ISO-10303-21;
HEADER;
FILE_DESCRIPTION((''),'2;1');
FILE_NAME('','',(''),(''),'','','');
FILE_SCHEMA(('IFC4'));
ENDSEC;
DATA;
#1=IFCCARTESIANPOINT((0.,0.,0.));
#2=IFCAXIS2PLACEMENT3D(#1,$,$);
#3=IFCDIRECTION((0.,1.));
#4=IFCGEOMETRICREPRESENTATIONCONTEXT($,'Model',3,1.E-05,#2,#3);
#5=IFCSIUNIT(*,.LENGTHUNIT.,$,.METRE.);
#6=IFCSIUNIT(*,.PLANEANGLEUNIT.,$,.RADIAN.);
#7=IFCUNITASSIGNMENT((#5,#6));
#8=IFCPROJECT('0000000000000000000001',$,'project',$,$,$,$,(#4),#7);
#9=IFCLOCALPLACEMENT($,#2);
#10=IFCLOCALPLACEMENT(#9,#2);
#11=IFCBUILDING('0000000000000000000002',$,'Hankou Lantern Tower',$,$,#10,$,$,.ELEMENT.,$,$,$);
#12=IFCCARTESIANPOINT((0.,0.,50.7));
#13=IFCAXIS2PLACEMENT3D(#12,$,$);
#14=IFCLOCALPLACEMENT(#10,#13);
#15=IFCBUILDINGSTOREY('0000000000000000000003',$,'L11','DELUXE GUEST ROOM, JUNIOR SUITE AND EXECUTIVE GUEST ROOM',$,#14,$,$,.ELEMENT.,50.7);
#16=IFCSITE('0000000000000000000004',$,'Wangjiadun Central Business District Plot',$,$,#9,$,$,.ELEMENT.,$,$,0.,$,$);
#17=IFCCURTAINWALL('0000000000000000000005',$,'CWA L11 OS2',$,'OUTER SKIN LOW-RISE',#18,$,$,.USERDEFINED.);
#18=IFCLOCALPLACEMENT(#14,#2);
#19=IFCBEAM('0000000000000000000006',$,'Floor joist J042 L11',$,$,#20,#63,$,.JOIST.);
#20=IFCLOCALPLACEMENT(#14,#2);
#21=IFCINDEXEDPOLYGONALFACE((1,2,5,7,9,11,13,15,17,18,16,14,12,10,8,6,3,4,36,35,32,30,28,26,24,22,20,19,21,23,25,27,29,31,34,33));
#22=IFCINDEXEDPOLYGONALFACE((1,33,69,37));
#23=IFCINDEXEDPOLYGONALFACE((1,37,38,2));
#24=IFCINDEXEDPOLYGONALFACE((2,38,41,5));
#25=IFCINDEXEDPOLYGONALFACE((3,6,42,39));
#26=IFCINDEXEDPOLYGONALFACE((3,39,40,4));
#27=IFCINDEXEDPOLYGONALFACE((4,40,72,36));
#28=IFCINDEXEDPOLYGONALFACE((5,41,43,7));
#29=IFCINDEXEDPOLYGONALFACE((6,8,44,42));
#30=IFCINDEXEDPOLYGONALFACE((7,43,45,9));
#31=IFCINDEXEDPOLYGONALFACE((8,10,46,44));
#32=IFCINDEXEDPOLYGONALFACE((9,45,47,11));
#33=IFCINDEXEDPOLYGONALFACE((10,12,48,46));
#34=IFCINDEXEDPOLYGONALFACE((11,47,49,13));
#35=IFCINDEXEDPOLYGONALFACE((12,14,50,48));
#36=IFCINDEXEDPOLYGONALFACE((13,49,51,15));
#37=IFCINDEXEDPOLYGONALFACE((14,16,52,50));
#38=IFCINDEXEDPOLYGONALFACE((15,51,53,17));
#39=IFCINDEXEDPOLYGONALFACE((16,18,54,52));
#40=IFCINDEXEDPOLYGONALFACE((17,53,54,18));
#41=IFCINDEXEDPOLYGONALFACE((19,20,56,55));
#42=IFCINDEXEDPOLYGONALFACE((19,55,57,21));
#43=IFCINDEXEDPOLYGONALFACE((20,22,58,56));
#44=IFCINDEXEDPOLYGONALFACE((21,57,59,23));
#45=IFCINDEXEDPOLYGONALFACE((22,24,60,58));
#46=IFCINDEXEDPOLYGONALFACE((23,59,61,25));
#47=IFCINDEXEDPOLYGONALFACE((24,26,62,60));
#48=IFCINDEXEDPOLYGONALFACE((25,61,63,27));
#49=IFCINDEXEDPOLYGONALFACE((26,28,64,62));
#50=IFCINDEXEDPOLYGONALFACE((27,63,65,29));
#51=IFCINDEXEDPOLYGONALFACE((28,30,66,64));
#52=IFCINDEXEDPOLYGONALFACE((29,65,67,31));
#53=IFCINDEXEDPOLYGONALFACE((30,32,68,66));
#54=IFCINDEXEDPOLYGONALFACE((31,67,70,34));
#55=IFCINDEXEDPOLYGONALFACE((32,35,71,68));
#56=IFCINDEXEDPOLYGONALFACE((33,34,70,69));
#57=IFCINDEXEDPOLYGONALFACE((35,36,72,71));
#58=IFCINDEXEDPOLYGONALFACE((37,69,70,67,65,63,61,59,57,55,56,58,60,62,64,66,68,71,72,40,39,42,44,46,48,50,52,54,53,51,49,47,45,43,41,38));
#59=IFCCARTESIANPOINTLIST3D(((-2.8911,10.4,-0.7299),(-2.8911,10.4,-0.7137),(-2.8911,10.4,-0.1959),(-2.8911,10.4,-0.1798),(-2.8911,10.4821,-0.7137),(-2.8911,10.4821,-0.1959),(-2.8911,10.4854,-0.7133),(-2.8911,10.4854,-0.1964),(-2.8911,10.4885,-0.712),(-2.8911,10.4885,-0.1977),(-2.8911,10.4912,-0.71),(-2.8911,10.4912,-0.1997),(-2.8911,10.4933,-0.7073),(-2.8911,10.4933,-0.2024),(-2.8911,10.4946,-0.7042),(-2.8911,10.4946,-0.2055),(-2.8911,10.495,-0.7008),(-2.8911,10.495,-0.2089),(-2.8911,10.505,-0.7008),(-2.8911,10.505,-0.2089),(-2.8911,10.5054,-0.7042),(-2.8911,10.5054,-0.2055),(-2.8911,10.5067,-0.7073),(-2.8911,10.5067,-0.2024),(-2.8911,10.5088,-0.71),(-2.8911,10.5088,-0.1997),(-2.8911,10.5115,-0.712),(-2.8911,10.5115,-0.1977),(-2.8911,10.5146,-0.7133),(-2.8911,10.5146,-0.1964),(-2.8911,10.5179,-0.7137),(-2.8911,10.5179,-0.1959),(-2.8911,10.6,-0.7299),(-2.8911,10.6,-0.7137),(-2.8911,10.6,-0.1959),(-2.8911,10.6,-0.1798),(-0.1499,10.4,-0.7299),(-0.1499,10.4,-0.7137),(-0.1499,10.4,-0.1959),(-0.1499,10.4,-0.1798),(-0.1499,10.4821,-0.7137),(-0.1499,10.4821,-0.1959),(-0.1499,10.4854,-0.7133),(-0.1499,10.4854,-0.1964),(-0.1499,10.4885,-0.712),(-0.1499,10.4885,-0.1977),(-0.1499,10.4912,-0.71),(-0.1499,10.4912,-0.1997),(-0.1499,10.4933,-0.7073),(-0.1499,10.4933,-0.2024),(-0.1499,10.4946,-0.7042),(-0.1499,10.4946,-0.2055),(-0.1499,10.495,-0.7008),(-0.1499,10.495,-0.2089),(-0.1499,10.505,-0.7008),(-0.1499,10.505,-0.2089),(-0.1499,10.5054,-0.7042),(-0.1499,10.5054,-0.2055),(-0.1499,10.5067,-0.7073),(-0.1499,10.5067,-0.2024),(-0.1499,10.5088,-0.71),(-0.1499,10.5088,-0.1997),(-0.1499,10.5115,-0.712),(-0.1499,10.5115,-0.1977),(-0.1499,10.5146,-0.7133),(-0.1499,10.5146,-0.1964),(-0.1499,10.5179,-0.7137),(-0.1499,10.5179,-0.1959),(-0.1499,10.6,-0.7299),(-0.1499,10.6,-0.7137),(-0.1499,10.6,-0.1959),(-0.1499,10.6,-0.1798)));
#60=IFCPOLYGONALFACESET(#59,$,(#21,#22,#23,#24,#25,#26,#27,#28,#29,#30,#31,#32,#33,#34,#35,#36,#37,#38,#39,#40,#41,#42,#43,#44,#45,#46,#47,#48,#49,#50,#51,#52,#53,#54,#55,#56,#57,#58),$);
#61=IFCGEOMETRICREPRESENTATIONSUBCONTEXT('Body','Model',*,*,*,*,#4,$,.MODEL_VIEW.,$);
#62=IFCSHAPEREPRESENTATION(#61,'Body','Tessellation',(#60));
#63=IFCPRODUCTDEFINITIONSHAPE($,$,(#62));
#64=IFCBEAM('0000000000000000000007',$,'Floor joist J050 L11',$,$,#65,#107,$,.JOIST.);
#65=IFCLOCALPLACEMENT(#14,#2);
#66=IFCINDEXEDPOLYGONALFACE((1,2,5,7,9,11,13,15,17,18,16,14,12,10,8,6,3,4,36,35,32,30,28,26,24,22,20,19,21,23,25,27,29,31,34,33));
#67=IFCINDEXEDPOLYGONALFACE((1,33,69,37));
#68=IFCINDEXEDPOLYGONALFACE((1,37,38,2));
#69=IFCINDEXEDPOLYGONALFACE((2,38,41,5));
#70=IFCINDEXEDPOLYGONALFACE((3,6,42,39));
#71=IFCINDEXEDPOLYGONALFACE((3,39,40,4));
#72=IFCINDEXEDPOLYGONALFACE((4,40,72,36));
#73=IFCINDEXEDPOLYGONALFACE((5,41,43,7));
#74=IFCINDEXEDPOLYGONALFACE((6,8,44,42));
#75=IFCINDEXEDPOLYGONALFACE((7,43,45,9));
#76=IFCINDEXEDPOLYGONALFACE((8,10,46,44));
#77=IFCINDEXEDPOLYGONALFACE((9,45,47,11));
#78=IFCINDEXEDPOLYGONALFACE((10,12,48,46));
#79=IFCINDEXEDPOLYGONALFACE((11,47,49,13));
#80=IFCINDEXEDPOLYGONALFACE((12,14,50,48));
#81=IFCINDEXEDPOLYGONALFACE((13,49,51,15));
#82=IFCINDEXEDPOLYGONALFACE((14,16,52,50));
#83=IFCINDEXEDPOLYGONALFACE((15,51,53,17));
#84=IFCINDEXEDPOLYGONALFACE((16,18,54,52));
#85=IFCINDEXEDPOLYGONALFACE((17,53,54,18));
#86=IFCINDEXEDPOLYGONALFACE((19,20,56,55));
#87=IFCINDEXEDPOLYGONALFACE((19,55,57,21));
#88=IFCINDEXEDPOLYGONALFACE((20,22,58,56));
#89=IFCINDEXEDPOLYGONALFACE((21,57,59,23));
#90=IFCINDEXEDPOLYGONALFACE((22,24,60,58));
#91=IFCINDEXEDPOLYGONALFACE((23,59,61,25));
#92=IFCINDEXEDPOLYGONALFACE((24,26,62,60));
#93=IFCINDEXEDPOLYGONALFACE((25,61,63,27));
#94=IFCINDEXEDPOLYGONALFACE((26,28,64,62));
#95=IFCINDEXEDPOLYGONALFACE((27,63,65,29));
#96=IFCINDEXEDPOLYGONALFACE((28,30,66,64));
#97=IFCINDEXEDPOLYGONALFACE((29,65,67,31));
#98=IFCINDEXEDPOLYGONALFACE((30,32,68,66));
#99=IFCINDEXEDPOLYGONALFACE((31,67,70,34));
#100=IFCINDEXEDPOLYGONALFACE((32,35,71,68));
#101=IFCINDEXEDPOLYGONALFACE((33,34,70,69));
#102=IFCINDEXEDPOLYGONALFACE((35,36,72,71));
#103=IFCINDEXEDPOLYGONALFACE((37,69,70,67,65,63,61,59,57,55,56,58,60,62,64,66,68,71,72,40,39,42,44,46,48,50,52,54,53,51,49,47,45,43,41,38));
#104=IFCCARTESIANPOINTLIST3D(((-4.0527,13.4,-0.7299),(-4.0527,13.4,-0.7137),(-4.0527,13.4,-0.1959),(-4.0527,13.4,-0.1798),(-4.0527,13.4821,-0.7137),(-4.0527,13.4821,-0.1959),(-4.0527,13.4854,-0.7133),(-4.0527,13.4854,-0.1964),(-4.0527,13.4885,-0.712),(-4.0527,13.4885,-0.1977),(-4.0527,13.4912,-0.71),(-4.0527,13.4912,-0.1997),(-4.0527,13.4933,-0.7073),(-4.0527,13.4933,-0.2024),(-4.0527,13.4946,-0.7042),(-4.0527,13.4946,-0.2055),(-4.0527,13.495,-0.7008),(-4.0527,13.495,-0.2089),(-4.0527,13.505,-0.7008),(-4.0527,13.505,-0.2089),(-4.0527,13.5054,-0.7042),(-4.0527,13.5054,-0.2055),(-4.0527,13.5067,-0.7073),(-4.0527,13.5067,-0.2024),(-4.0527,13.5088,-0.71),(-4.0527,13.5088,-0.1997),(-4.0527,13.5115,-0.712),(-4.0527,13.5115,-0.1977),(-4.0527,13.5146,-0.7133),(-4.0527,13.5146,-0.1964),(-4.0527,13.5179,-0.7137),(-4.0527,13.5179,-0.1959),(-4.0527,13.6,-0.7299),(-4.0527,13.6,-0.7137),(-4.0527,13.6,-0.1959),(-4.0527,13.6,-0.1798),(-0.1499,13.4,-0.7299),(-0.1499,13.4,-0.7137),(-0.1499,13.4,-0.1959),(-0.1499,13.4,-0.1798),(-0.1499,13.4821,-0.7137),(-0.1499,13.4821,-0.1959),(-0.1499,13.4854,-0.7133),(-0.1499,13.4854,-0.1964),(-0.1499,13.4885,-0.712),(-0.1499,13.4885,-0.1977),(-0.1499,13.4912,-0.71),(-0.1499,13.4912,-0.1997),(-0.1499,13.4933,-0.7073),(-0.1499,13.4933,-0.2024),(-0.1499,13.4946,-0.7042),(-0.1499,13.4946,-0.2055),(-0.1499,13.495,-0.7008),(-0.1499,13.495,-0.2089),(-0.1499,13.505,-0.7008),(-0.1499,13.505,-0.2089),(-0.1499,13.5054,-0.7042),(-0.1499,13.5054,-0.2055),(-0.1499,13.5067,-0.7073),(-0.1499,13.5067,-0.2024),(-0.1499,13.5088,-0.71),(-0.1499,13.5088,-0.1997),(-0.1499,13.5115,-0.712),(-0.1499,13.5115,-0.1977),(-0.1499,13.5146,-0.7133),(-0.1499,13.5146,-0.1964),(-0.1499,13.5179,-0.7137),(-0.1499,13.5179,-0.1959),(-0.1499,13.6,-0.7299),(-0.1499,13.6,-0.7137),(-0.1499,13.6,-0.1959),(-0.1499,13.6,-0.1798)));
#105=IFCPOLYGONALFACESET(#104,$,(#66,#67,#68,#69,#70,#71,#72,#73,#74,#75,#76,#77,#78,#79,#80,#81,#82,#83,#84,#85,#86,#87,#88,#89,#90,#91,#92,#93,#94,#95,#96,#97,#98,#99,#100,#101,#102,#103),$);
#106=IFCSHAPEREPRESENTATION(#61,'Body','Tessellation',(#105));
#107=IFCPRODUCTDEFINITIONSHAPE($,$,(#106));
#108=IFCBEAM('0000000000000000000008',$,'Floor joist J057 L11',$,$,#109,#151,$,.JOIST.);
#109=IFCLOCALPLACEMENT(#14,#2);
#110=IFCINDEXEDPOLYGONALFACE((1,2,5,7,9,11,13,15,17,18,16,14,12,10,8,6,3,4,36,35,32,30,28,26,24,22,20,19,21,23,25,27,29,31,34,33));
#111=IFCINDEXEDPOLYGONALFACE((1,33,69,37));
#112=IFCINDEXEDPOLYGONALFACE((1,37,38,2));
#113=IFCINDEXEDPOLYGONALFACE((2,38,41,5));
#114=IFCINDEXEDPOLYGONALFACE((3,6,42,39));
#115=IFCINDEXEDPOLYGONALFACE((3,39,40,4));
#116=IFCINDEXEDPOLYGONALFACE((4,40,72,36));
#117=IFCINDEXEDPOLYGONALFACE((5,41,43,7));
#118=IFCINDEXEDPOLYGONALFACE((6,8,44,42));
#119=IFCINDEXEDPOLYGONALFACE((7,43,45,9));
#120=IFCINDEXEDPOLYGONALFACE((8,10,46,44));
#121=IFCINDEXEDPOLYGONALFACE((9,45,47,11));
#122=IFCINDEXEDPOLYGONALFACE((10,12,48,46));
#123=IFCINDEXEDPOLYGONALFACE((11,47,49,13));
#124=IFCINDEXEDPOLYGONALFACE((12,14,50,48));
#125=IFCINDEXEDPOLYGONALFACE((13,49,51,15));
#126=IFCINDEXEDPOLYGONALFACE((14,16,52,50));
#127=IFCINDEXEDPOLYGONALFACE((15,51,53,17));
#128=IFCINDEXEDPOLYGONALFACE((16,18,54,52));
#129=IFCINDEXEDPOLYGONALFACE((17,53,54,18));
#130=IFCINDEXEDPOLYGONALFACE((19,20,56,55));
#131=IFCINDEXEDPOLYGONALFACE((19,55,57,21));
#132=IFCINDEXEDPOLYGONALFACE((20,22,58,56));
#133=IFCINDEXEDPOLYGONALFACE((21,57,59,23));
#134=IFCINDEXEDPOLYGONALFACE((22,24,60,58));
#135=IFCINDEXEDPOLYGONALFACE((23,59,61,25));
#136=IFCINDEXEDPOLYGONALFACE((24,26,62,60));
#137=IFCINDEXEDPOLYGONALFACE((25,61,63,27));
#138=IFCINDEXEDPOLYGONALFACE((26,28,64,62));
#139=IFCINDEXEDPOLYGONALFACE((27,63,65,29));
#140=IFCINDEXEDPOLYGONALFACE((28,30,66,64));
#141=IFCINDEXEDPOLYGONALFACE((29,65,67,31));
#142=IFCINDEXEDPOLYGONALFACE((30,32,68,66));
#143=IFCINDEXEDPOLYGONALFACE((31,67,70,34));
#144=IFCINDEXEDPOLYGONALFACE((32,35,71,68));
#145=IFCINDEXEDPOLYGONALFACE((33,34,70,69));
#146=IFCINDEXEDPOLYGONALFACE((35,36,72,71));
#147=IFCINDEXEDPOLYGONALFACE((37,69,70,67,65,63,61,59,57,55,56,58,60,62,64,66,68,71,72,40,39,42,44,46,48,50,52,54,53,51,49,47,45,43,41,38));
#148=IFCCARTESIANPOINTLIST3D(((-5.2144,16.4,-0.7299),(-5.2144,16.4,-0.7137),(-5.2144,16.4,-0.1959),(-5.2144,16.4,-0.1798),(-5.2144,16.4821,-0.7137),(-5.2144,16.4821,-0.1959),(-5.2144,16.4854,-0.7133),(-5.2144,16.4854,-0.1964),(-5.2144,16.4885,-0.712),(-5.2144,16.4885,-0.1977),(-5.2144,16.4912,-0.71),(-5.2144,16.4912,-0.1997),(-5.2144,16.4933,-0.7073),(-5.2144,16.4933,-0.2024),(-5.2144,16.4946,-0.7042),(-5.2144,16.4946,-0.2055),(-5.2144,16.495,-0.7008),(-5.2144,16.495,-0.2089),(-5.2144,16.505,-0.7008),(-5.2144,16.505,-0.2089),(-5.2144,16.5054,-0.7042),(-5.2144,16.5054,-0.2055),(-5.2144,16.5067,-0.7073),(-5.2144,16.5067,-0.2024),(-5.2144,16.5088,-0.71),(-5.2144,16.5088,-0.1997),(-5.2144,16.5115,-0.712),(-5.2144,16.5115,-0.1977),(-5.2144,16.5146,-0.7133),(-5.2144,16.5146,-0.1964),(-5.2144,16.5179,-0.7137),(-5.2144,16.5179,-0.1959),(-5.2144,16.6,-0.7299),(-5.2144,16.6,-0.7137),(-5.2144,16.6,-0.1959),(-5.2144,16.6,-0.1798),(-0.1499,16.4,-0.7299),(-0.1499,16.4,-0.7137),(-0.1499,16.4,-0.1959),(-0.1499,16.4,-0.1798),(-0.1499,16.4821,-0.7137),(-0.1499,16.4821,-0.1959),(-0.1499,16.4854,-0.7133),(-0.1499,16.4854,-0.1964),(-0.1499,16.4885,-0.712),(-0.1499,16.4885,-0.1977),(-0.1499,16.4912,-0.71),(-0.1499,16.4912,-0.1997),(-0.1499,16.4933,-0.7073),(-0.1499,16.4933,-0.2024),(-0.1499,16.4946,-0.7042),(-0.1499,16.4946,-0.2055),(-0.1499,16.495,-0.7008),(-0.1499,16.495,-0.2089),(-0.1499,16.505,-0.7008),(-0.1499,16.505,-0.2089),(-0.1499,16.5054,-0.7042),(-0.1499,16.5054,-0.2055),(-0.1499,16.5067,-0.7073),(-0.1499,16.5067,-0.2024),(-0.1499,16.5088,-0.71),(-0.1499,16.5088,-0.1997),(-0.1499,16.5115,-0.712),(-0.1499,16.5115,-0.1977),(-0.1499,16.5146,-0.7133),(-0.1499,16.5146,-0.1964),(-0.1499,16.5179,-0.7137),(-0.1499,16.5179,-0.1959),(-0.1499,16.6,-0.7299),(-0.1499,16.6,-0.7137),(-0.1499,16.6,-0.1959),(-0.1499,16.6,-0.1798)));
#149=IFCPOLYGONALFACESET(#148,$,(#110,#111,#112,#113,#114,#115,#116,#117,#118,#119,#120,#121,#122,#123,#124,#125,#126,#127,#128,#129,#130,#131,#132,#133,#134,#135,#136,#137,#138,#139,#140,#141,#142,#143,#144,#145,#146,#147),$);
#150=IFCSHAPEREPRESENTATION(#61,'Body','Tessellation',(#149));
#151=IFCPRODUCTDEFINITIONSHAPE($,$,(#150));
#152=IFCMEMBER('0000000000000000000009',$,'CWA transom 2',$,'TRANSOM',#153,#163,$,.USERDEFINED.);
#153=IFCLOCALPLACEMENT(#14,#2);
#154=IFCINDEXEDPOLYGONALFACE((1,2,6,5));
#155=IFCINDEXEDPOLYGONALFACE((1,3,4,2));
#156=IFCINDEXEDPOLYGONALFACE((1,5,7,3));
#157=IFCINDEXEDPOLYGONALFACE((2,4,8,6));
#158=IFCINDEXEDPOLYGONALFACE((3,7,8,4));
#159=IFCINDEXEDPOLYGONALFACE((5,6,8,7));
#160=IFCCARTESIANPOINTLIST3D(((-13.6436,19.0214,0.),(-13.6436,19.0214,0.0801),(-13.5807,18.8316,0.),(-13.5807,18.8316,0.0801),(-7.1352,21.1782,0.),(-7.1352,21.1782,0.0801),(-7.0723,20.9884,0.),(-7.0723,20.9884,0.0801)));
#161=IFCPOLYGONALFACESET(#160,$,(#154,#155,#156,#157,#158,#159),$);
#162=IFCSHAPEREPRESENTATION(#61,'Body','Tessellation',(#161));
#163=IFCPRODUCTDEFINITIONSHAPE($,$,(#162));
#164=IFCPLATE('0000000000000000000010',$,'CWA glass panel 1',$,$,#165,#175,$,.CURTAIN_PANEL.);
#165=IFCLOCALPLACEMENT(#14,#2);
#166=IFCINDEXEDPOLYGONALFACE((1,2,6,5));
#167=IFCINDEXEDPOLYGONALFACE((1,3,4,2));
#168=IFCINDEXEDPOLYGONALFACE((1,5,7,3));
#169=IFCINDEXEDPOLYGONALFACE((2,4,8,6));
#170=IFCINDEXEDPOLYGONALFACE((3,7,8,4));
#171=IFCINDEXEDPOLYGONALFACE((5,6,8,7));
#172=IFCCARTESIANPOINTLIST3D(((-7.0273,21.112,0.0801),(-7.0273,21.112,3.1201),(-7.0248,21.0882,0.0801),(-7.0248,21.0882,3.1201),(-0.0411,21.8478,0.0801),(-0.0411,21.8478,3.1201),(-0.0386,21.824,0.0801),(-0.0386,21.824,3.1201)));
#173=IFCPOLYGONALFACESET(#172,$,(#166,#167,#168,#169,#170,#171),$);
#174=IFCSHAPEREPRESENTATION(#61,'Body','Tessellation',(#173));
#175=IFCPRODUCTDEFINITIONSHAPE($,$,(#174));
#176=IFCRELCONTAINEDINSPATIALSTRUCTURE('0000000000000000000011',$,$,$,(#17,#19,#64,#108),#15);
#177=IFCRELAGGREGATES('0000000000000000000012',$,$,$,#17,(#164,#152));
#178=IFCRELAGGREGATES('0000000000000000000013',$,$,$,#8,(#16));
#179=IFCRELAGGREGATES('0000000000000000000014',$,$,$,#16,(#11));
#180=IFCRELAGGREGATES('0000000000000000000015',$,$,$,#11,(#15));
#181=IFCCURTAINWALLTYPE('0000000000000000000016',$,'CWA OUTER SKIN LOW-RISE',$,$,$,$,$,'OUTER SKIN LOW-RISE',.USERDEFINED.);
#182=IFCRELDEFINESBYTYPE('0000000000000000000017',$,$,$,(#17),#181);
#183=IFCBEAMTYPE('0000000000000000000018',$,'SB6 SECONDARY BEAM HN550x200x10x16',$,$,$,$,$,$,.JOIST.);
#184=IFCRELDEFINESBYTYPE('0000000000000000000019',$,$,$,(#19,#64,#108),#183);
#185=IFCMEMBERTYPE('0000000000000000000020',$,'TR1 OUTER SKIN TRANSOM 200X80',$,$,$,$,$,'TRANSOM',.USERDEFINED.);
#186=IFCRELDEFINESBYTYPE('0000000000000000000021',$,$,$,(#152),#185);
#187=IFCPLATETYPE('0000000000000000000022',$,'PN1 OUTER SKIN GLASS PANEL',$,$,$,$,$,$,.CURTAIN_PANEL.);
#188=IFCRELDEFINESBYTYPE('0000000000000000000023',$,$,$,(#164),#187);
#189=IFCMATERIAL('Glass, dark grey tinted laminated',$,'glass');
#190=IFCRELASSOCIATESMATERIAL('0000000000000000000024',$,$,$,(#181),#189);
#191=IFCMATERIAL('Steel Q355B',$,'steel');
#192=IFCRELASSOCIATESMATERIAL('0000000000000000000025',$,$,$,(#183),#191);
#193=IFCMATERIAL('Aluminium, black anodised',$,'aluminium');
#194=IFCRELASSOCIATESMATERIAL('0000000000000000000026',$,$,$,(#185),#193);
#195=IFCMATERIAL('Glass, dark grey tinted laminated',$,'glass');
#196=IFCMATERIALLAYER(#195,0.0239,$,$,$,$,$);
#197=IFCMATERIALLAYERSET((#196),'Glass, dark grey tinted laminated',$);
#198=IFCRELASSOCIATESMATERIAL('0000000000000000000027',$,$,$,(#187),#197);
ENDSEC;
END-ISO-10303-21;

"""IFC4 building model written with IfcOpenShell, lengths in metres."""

from ifc_helpers import new_model, si_unit, direction, frame, origin, origin_2d, place, context, subcontext, project, spatial, rectangle, i_section, extrude, material, layer, layer_set, material_profile, profile_set, type_object, element, aggregate, save


model = new_model("IFC4")

# Units and contexts
model_context = context("Model", 3, precision=1e-05, world=origin(), true_north=direction((0.0, 1.0)))
body_context = subcontext(model_context, "Body", "Model", "MODEL_VIEW")
ifc_project = project(units=[si_unit("LENGTHUNIT", "METRE"), si_unit("PLANEANGLEUNIT", "RADIAN")], contexts=[model_context])

# Site, building, storey
site_placement = place(None, origin())
site = spatial("IfcSite", under=ifc_project, at=site_placement, Name="Wangjiadun Central Business District Plot", CompositionType="ELEMENT", RefElevation=0.0)
building_placement = place(site_placement, origin())
building = spatial("IfcBuilding", under=site, at=building_placement, Name="Hankou Lantern Tower", CompositionType="ELEMENT")
storey_placement = place(building_placement, frame((0.0, 0.0, 50.7)))
storey = spatial("IfcBuildingStorey", under=building, at=storey_placement, Name="L11", Description="DELUXE GUEST ROOM, JUNIOR SUITE AND EXECUTIVE GUEST ROOM", CompositionType="ELEMENT", Elevation=50.7)

# Curtain wall
ifc_material_1 = material(Name="Glass, dark grey tinted laminated", Category="glass")
curtain_wall_type = type_object("IfcCurtainWallType", Name="CWA OUTER SKIN LOW-RISE", ElementType="OUTER SKIN LOW-RISE", PredefinedType="USERDEFINED", material=ifc_material_1)
curtain_wall_placement = place(storey_placement, origin())
curtain_wall = element("IfcCurtainWall", 1, at=curtain_wall_placement, inside=storey, type_object=curtain_wall_type, Name="CWA L11 OS2", ObjectType="OUTER SKIN LOW-RISE", PredefinedType="USERDEFINED")

# Beams
ifc_material_2 = material(Name="Steel Q355B", Category="steel")
ifc_material_profile_1 = material_profile(ifc_material_2, i_section(OverallWidth=0.2, OverallDepth=0.55, WebThickness=0.01, FlangeThickness=0.0161, FilletRadius=0.0129, at=origin_2d()), Name="HN550x200x10x16")
ifc_profile_set_1 = profile_set([ifc_material_profile_1], Name="Steel Q355B")
beam_type_1 = type_object("IfcBeamType", Name="SB6 SECONDARY BEAM HN550x200x10x16", PredefinedType="JOIST", material=ifc_profile_set_1)
beam_1_placement = place(storey_placement, frame((-2.8911, 10.5, -0.4548), z_axis=(1.0, 0.0, 0.0), x_axis=(0.0, 1.0, 0.0)))
element("IfcBeam", 2, at=beam_1_placement, inside=storey, type_object=beam_type_1, Name="Floor joist J042 L11", PredefinedType="JOIST", context=body_context, shape_type="SweptSolid", body=[
    extrude(i_section(OverallWidth=0.2, OverallDepth=0.55, WebThickness=0.01, FlangeThickness=0.0161, FilletRadius=0.0129, at=origin_2d()), origin(), (0.0, 0.0, 1.0), 2.7412),
])
beam_2_placement = place(storey_placement, frame((-4.0527, 13.5, -0.4548), z_axis=(1.0, 0.0, 0.0), x_axis=(0.0, 1.0, 0.0)))
element("IfcBeam", 3, at=beam_2_placement, inside=storey, type_object=beam_type_1, Name="Floor joist J050 L11", PredefinedType="JOIST", context=body_context, shape_type="SweptSolid", body=[
    extrude(i_section(OverallWidth=0.2, OverallDepth=0.55, WebThickness=0.01, FlangeThickness=0.0161, FilletRadius=0.0129, at=origin_2d()), origin(), (0.0, 0.0, 1.0), 3.9028),
])
beam_3_placement = place(storey_placement, frame((-5.2144, 16.5, -0.4548), z_axis=(1.0, 0.0, 0.0), x_axis=(0.0, 1.0, 0.0)))
element("IfcBeam", 4, at=beam_3_placement, inside=storey, type_object=beam_type_1, Name="Floor joist J057 L11", PredefinedType="JOIST", context=body_context, shape_type="SweptSolid", body=[
    extrude(i_section(OverallWidth=0.2, OverallDepth=0.55, WebThickness=0.01, FlangeThickness=0.0161, FilletRadius=0.0129, at=origin_2d()), origin(), (0.0, 0.0, 1.0), 5.0645),
])

# Member
ifc_material_3 = material(Name="Aluminium, black anodised", Category="aluminium")
ifc_material_profile_2 = material_profile(ifc_material_3, rectangle(XDim=0.2, YDim=0.0801, at=origin_2d()), Name="TR1 200X80")
ifc_profile_set_2 = profile_set([ifc_material_profile_2], Name="Aluminium, black anodised")
member_type_1 = type_object("IfcMemberType", Name="TR1 OUTER SKIN TRANSOM 200X80", ElementType="TRANSOM", PredefinedType="USERDEFINED", material=ifc_profile_set_2)
member_1_placement = place(storey_placement, frame((-7.1038, 21.0833, 0.04), z_axis=(-0.949237, -0.314561, 0.0), x_axis=(0.314561, -0.949237, 0.0)))
member_1 = element("IfcMember", 5, at=member_1_placement, type_object=member_type_1, Name="CWA transom 2", ObjectType="TRANSOM", PredefinedType="USERDEFINED", context=body_context, shape_type="SweptSolid", body=[
    extrude(rectangle(XDim=0.2, YDim=0.0801, at=origin_2d()), origin(), (0.0, 0.0, 1.0), 6.8564),
])

# Plate
ifc_material_4 = material(Name="Glass, dark grey tinted laminated", Category="glass")
ifc_layer_1 = layer(ifc_material_4, 0.0239)
ifc_layer_set_1 = layer_set([ifc_layer_1], Name="Glass, dark grey tinted laminated")
plate_type = type_object("IfcPlateType", Name="PN1 OUTER SKIN GLASS PANEL", PredefinedType="CURTAIN_PANEL", material=ifc_layer_set_1)
plate_placement = place(storey_placement, frame((-3.533, 21.468, 0.0801), z_axis=(0.0, 0.0, 1.0), x_axis=(-0.994499, -0.104743, 0.0)))
plate = element("IfcPlate", 6, at=plate_placement, type_object=plate_type, Name="CWA glass panel 1", PredefinedType="CURTAIN_PANEL", context=body_context, shape_type="SweptSolid", body=[
    extrude(rectangle(XDim=7.0249, YDim=0.0239, at=origin_2d()), origin(), (0.0, 0.0, 1.0), 3.04),
])
aggregate(curtain_wall, [plate, member_1])

save(model, "model.ifc")
